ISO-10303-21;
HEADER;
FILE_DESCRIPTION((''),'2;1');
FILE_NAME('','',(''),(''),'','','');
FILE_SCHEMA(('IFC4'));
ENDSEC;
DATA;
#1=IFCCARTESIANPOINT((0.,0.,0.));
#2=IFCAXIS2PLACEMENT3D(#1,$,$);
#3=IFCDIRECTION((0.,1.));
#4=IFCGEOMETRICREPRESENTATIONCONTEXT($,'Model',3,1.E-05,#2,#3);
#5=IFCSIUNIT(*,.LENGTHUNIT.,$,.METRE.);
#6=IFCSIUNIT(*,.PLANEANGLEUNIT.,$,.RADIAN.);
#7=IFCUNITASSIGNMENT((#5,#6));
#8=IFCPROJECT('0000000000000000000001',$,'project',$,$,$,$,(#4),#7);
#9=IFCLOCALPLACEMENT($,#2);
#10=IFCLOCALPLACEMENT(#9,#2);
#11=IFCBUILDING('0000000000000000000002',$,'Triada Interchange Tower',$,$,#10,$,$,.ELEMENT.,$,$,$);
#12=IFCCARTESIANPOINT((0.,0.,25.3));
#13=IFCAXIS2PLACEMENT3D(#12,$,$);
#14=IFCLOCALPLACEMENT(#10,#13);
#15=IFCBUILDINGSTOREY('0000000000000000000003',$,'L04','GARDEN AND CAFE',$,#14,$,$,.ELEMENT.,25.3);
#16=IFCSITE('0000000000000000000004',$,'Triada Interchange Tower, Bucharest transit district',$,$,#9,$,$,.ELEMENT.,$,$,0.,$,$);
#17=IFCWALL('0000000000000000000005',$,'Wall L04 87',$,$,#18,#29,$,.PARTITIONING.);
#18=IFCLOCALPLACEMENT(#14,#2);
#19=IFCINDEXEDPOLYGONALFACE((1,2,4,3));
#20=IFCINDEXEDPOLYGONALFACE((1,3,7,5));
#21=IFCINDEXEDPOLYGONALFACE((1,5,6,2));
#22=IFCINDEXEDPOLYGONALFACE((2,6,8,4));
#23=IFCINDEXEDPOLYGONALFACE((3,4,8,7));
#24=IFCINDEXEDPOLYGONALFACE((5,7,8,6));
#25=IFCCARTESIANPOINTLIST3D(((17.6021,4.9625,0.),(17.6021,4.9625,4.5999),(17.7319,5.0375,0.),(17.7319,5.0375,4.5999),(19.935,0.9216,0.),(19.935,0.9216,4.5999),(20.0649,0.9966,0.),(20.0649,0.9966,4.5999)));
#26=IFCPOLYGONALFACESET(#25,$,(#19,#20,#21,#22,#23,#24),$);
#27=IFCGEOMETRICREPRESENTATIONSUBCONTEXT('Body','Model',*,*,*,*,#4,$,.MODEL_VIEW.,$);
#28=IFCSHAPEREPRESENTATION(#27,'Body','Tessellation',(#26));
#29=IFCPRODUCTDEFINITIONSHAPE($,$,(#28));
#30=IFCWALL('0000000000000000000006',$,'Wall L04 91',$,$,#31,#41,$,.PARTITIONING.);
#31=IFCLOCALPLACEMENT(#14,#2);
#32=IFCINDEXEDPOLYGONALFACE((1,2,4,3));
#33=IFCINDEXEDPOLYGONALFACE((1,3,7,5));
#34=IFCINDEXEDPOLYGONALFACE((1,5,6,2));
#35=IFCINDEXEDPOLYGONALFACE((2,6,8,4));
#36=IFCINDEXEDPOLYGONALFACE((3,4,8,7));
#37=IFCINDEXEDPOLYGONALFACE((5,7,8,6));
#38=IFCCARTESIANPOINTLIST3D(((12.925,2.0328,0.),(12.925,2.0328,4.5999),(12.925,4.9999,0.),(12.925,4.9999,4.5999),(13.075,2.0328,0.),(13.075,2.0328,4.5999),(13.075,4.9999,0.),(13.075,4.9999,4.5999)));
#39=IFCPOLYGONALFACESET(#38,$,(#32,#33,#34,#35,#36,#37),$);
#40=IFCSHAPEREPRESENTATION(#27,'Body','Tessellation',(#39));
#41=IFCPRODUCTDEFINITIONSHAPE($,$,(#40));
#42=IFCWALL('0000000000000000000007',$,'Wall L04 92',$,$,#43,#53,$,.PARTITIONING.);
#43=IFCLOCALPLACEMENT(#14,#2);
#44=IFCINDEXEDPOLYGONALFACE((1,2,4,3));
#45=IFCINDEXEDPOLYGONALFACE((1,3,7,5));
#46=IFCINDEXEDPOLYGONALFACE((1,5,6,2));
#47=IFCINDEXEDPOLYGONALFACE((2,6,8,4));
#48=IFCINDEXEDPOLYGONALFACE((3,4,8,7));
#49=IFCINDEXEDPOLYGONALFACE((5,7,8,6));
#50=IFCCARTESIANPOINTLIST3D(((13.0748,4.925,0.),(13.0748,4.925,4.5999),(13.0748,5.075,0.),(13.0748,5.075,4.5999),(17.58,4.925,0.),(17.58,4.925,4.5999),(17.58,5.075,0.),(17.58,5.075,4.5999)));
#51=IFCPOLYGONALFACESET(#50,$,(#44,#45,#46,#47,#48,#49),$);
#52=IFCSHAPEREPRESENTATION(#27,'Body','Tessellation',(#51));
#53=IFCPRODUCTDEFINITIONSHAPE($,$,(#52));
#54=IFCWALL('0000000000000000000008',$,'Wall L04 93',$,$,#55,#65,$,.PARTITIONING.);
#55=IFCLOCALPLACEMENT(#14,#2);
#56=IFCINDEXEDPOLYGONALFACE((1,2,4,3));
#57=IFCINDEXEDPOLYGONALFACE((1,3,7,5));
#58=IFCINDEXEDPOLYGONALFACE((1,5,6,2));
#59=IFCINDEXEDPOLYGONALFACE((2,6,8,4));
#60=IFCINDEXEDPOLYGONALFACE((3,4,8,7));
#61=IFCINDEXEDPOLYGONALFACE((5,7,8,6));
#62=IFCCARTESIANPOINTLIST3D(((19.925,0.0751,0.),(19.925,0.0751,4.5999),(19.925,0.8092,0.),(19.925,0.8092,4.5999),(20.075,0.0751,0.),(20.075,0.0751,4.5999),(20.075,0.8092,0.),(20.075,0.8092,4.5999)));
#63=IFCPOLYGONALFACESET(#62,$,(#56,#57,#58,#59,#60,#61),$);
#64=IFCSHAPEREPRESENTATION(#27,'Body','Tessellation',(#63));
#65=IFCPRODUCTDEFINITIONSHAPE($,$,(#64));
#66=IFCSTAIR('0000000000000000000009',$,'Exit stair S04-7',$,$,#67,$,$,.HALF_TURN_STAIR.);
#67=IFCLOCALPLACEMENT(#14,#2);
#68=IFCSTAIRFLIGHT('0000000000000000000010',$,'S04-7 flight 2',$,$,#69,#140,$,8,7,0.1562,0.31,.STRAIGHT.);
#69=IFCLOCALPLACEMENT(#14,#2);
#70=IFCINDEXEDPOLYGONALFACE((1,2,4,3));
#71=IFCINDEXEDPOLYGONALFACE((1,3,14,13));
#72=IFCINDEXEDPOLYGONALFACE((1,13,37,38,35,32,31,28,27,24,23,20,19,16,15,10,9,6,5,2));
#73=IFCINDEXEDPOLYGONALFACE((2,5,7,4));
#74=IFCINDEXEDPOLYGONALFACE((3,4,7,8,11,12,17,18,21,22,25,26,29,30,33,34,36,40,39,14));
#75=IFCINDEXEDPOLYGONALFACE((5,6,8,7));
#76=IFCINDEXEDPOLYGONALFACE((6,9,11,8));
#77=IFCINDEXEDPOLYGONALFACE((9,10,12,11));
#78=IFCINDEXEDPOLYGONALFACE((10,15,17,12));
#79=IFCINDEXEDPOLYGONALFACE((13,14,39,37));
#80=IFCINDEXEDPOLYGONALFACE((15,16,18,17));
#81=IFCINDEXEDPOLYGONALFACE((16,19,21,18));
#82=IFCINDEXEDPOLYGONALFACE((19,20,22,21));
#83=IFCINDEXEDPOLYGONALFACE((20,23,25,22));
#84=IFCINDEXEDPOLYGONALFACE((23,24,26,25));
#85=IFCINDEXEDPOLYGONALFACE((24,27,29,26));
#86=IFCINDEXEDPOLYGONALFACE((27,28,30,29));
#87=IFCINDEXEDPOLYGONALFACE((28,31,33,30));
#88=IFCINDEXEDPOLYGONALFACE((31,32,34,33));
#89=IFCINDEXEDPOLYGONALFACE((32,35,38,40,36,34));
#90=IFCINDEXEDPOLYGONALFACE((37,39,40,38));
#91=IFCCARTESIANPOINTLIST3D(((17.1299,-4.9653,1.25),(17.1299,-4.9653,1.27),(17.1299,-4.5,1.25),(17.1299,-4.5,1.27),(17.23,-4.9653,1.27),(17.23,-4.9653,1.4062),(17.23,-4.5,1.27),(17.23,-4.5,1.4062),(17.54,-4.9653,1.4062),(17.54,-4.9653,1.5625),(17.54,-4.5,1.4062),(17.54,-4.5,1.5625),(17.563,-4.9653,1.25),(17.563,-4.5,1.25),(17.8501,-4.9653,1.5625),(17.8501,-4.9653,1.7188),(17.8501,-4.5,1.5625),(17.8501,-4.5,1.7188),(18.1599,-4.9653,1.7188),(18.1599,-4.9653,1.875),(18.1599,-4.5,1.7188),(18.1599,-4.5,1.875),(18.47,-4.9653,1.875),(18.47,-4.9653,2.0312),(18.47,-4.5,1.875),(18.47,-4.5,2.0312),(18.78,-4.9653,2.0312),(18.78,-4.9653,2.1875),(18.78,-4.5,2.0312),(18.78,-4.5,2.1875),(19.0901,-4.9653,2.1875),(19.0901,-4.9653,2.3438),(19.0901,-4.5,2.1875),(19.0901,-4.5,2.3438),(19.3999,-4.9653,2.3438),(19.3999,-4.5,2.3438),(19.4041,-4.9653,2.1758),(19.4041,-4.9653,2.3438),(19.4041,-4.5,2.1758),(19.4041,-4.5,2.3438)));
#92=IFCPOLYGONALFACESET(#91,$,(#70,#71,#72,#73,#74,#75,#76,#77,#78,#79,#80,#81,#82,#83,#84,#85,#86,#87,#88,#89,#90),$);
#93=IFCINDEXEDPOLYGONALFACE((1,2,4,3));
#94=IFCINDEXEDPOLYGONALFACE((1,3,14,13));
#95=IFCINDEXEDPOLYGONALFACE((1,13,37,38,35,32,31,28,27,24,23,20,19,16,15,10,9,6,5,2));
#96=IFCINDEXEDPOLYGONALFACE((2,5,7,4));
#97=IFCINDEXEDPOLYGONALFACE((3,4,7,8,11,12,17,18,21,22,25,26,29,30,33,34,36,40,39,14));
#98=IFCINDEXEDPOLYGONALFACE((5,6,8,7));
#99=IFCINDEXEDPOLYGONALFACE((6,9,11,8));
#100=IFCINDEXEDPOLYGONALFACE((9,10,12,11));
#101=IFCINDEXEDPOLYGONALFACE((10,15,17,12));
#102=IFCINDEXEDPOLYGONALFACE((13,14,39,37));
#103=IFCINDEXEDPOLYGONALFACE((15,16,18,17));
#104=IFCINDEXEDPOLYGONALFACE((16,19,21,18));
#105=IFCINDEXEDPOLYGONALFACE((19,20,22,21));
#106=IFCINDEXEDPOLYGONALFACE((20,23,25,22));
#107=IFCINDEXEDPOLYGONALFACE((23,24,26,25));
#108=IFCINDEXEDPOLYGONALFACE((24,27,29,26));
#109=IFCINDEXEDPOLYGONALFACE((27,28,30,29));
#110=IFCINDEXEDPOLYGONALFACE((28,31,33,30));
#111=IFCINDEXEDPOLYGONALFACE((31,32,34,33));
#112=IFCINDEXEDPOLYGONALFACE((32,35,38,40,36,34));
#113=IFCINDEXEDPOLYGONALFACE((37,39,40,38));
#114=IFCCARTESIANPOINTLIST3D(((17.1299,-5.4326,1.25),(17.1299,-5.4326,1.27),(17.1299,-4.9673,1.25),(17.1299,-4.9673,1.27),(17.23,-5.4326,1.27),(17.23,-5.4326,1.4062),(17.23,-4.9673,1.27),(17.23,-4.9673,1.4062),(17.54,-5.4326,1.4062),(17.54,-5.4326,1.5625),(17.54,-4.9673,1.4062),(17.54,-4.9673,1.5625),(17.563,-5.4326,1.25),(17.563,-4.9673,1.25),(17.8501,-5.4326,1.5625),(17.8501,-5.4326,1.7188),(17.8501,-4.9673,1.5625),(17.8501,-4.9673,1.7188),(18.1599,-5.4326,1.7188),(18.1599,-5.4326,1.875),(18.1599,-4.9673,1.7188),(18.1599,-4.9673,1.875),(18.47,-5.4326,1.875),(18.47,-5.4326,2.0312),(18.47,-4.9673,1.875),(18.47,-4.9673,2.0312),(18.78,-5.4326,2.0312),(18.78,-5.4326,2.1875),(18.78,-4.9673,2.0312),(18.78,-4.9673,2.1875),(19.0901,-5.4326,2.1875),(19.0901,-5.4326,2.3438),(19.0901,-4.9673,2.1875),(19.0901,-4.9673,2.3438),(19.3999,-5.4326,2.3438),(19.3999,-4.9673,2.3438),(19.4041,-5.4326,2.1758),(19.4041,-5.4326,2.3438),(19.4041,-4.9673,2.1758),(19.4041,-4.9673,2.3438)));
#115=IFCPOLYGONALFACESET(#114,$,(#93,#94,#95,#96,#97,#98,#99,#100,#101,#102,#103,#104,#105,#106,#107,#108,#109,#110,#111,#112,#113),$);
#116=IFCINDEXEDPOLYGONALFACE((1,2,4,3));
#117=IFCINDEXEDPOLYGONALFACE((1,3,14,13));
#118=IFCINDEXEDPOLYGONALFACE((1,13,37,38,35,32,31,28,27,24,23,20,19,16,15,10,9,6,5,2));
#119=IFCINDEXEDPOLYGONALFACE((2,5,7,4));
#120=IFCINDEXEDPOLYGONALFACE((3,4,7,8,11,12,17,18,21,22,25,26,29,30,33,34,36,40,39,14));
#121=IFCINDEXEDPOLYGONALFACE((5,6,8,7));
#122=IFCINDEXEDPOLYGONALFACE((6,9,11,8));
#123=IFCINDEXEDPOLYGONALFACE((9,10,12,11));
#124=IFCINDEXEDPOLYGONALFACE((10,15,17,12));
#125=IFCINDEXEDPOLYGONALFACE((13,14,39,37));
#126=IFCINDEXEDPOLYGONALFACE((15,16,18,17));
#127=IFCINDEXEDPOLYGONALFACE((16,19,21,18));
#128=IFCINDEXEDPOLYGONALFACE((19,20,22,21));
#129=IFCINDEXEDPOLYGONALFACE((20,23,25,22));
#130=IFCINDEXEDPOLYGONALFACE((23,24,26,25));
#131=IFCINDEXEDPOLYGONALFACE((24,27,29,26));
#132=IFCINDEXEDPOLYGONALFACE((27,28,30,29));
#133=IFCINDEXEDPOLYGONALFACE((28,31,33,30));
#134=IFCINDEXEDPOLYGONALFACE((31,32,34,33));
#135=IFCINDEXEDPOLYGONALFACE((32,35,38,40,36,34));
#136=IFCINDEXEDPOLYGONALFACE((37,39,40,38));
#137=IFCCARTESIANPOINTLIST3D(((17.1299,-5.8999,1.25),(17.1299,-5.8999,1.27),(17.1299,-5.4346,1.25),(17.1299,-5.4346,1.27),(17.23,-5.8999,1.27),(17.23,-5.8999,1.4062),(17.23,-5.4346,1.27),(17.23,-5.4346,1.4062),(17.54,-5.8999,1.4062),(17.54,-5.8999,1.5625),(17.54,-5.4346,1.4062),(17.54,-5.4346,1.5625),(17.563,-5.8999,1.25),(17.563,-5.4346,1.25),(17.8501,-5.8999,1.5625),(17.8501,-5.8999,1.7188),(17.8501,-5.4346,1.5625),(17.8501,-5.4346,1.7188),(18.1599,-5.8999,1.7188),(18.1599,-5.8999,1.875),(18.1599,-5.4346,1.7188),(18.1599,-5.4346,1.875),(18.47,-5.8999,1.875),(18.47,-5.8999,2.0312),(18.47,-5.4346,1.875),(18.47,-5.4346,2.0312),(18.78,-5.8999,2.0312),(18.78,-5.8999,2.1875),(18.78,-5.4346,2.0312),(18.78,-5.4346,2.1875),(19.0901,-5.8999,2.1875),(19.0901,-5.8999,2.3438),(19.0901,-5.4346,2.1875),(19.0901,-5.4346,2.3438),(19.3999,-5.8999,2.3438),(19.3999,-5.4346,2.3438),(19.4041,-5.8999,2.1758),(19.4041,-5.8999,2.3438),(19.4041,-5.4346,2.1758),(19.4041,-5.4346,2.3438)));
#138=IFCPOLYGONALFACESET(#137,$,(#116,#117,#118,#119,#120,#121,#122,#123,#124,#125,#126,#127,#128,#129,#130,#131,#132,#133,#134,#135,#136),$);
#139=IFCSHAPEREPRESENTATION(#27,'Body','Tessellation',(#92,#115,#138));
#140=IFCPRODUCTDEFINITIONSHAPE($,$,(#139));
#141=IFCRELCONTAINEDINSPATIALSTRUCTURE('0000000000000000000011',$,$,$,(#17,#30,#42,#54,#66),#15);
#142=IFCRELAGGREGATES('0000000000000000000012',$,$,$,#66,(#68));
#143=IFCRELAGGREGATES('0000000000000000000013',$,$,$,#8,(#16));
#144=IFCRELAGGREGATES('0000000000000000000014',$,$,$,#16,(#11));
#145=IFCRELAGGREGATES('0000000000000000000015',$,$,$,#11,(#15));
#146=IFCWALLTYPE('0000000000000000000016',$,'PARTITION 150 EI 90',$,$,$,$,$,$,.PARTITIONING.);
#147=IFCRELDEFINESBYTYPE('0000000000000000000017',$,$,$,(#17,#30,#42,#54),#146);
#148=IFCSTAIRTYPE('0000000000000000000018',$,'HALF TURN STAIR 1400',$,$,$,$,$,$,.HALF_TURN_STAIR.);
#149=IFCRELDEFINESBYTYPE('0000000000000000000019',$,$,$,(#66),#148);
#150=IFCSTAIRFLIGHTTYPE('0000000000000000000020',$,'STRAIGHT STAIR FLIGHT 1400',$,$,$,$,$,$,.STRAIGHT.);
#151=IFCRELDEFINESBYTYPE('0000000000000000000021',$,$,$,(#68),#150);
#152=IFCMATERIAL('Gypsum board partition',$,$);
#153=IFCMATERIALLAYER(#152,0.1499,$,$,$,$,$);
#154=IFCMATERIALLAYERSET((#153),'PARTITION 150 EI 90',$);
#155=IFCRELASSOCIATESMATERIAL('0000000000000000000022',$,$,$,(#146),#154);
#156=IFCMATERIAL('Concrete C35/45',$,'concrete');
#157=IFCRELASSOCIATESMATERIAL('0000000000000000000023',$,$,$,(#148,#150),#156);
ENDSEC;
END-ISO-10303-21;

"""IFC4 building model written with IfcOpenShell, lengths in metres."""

from ifc_helpers import new_model, si_unit, direction, frame, frame_2d, origin, place, context, subcontext, project, spatial, polyline, rectangle, outline, extrude, material, layer, layer_set, type_object, element, aggregate, save


model = new_model("IFC4")

# Units and contexts
model_context = context("Model", 3, precision=1e-05, world=origin(), true_north=direction((0.0, 1.0)))
body_context = subcontext(model_context, "Body", "Model", "MODEL_VIEW")
ifc_project = project(units=[si_unit("LENGTHUNIT", "METRE"), si_unit("PLANEANGLEUNIT", "RADIAN")], contexts=[model_context])

# Site, building, storey
site_placement = place(None, origin())
site = spatial("IfcSite", under=ifc_project, at=site_placement, Name="Triada Interchange Tower, Bucharest transit district", CompositionType="ELEMENT", RefElevation=0.0)
building_placement = place(site_placement, origin())
building = spatial("IfcBuilding", under=site, at=building_placement, Name="Triada Interchange Tower", CompositionType="ELEMENT")
storey_placement = place(building_placement, frame((0.0, 0.0, 25.3)))
storey = spatial("IfcBuildingStorey", under=building, at=storey_placement, Name="L04", Description="GARDEN AND CAFE", CompositionType="ELEMENT", Elevation=25.3)

# Shared definitions
ifc_material_1 = material(Name="Gypsum board partition")
ifc_layer_1 = layer(ifc_material_1, 0.1499)
ifc_layer_set_1 = layer_set([ifc_layer_1], Name="PARTITION 150 EI 90")
wall_type_1 = type_object("IfcWallType", Name="PARTITION 150 EI 90", PredefinedType="PARTITIONING", material=ifc_layer_set_1)

# Walls
wall_1_placement = place(storey_placement, frame((17.667, 5.0, 0.0), z_axis=(0.0, 0.0, 1.0), x_axis=(0.499988, -0.866032, 0.0)))
element("IfcWall", 1, at=wall_1_placement, inside=storey, type_object=wall_type_1, Name="Wall L04 87", PredefinedType="PARTITIONING", context=body_context, shape_type="SweptSolid", body=[
    extrude(rectangle(XDim=4.666, YDim=0.1499, at=frame_2d((2.333, 0.0))), origin(), (0.0, 0.0, 1.0), 4.5999),
])
wall_2_placement = place(storey_placement, frame((13.0, 2.033, 0.0), z_axis=(0.0, 0.0, 1.0), x_axis=(0.0, 1.0, 0.0)))
element("IfcWall", 2, at=wall_2_placement, inside=storey, type_object=wall_type_1, Name="Wall L04 91", PredefinedType="PARTITIONING", context=body_context, shape_type="SweptSolid", body=[
    extrude(rectangle(XDim=2.967, YDim=0.1499, at=frame_2d((1.4834, 0.0))), origin(), (0.0, 0.0, 1.0), 4.5999),
])
wall_3_placement = place(storey_placement, frame((13.075, 5.0, 0.0), z_axis=(0.0, 0.0, 1.0), x_axis=(1.0, 0.0, 0.0)))
element("IfcWall", 3, at=wall_3_placement, inside=storey, type_object=wall_type_1, Name="Wall L04 92", PredefinedType="PARTITIONING", context=body_context, shape_type="SweptSolid", body=[
    extrude(rectangle(XDim=4.5051, YDim=0.1499, at=frame_2d((2.2524, 0.0))), origin(), (0.0, 0.0, 1.0), 4.5999),
])
wall_4_placement = place(storey_placement, frame((20.0, 0.075, 0.0), z_axis=(0.0, 0.0, 1.0), x_axis=(0.0, 1.0, 0.0)))
element("IfcWall", 4, at=wall_4_placement, inside=storey, type_object=wall_type_1, Name="Wall L04 93", PredefinedType="PARTITIONING", context=body_context, shape_type="SweptSolid", body=[
    extrude(rectangle(XDim=0.7341, YDim=0.1499, at=frame_2d((0.3672, 0.0))), origin(), (0.0, 0.0, 1.0), 4.5999),
])

# Stair, stair flight
ifc_material_2 = material(Name="Concrete C35/45", Category="concrete")
stair_type = type_object("IfcStairType", Name="HALF TURN STAIR 1400", PredefinedType="HALF_TURN_STAIR", material=ifc_material_2)
stair_placement = place(storey_placement, origin())
stair = element("IfcStair", 5, at=stair_placement, inside=storey, type_object=stair_type, Name="Exit stair S04-7", PredefinedType="HALF_TURN_STAIR")
stair_flight_type = type_object("IfcStairFlightType", Name="STRAIGHT STAIR FLIGHT 1400", PredefinedType="STRAIGHT", material=ifc_material_2)
stair_flight_1_placement = place(storey_placement, frame((17.23, -5.2, 1.25), z_axis=(0.0, 0.0, 1.0), x_axis=(1.0, 0.0, 0.0)))
stair_flight_1 = element("IfcStairFlight", 6, at=stair_flight_1_placement, type_object=stair_flight_type, Name="S04-7 flight 2", NumberOfRisers=8, NumberOfTreads=7, PredefinedType="STRAIGHT", RiserHeight=0.1562, TreadLength=0.31, context=body_context, shape_type="SweptSolid", body=[
    extrude(outline(polyline([(-0.1001, 0.0), (-0.1001, 0.02), (0.0, 0.02), (0.0, 0.1562), (0.3101, 0.1562), (0.3101, 0.3125), (0.6201, 0.3125), (0.6201, 0.4688), (0.9299, 0.4688), (0.9299, 0.625), (1.24, 0.625), (1.24, 0.7812), (1.55, 0.7812), (1.55, 0.9375), (1.8601, 0.9375), (1.8601, 1.0938), (2.1699, 1.0938), (2.1741, 1.0938), (2.1741, 1.25), (2.1741, 0.9258), (0.333, 0.0), (-0.1001, 0.0)])), frame((0.0, 0.7, 0.0), z_axis=(0.0, -1.0, 0.0), x_axis=(1.0, 0.0, 0.0)), (0.0, 0.0, 1.0), 0.4653),
    extrude(outline(polyline([(-0.1001, 0.0), (-0.1001, 0.02), (0.0, 0.02), (0.0, 0.1562), (0.3101, 0.1562), (0.3101, 0.3125), (0.6201, 0.3125), (0.6201, 0.4688), (0.9299, 0.4688), (0.9299, 0.625), (1.24, 0.625), (1.24, 0.7812), (1.55, 0.7812), (1.55, 0.9375), (1.8601, 0.9375), (1.8601, 1.0938), (2.1699, 1.0938), (2.1741, 1.0938), (2.1741, 1.25), (2.1741, 0.9258), (0.333, 0.0), (-0.1001, 0.0)])), frame((0.0, 0.2327, 0.0), z_axis=(0.0, -1.0, 0.0), x_axis=(1.0, 0.0, 0.0)), (0.0, 0.0, 1.0), 0.4653),
    extrude(outline(polyline([(-0.1001, 0.0), (-0.1001, 0.02), (0.0, 0.02), (0.0, 0.1562), (0.3101, 0.1562), (0.3101, 0.3125), (0.6201, 0.3125), (0.6201, 0.4688), (0.9299, 0.4688), (0.9299, 0.625), (1.24, 0.625), (1.24, 0.7812), (1.55, 0.7812), (1.55, 0.9375), (1.8601, 0.9375), (1.8601, 1.0938), (2.1699, 1.0938), (2.1741, 1.0938), (2.1741, 1.25), (2.1741, 0.9258), (0.333, 0.0), (-0.1001, 0.0)])), frame((0.0, -0.2346, 0.0), z_axis=(0.0, -1.0, 0.0), x_axis=(1.0, 0.0, 0.0)), (0.0, 0.0, 1.0), 0.4653),
])
aggregate(stair, [stair_flight_1])

save(model, "model.ifc")
